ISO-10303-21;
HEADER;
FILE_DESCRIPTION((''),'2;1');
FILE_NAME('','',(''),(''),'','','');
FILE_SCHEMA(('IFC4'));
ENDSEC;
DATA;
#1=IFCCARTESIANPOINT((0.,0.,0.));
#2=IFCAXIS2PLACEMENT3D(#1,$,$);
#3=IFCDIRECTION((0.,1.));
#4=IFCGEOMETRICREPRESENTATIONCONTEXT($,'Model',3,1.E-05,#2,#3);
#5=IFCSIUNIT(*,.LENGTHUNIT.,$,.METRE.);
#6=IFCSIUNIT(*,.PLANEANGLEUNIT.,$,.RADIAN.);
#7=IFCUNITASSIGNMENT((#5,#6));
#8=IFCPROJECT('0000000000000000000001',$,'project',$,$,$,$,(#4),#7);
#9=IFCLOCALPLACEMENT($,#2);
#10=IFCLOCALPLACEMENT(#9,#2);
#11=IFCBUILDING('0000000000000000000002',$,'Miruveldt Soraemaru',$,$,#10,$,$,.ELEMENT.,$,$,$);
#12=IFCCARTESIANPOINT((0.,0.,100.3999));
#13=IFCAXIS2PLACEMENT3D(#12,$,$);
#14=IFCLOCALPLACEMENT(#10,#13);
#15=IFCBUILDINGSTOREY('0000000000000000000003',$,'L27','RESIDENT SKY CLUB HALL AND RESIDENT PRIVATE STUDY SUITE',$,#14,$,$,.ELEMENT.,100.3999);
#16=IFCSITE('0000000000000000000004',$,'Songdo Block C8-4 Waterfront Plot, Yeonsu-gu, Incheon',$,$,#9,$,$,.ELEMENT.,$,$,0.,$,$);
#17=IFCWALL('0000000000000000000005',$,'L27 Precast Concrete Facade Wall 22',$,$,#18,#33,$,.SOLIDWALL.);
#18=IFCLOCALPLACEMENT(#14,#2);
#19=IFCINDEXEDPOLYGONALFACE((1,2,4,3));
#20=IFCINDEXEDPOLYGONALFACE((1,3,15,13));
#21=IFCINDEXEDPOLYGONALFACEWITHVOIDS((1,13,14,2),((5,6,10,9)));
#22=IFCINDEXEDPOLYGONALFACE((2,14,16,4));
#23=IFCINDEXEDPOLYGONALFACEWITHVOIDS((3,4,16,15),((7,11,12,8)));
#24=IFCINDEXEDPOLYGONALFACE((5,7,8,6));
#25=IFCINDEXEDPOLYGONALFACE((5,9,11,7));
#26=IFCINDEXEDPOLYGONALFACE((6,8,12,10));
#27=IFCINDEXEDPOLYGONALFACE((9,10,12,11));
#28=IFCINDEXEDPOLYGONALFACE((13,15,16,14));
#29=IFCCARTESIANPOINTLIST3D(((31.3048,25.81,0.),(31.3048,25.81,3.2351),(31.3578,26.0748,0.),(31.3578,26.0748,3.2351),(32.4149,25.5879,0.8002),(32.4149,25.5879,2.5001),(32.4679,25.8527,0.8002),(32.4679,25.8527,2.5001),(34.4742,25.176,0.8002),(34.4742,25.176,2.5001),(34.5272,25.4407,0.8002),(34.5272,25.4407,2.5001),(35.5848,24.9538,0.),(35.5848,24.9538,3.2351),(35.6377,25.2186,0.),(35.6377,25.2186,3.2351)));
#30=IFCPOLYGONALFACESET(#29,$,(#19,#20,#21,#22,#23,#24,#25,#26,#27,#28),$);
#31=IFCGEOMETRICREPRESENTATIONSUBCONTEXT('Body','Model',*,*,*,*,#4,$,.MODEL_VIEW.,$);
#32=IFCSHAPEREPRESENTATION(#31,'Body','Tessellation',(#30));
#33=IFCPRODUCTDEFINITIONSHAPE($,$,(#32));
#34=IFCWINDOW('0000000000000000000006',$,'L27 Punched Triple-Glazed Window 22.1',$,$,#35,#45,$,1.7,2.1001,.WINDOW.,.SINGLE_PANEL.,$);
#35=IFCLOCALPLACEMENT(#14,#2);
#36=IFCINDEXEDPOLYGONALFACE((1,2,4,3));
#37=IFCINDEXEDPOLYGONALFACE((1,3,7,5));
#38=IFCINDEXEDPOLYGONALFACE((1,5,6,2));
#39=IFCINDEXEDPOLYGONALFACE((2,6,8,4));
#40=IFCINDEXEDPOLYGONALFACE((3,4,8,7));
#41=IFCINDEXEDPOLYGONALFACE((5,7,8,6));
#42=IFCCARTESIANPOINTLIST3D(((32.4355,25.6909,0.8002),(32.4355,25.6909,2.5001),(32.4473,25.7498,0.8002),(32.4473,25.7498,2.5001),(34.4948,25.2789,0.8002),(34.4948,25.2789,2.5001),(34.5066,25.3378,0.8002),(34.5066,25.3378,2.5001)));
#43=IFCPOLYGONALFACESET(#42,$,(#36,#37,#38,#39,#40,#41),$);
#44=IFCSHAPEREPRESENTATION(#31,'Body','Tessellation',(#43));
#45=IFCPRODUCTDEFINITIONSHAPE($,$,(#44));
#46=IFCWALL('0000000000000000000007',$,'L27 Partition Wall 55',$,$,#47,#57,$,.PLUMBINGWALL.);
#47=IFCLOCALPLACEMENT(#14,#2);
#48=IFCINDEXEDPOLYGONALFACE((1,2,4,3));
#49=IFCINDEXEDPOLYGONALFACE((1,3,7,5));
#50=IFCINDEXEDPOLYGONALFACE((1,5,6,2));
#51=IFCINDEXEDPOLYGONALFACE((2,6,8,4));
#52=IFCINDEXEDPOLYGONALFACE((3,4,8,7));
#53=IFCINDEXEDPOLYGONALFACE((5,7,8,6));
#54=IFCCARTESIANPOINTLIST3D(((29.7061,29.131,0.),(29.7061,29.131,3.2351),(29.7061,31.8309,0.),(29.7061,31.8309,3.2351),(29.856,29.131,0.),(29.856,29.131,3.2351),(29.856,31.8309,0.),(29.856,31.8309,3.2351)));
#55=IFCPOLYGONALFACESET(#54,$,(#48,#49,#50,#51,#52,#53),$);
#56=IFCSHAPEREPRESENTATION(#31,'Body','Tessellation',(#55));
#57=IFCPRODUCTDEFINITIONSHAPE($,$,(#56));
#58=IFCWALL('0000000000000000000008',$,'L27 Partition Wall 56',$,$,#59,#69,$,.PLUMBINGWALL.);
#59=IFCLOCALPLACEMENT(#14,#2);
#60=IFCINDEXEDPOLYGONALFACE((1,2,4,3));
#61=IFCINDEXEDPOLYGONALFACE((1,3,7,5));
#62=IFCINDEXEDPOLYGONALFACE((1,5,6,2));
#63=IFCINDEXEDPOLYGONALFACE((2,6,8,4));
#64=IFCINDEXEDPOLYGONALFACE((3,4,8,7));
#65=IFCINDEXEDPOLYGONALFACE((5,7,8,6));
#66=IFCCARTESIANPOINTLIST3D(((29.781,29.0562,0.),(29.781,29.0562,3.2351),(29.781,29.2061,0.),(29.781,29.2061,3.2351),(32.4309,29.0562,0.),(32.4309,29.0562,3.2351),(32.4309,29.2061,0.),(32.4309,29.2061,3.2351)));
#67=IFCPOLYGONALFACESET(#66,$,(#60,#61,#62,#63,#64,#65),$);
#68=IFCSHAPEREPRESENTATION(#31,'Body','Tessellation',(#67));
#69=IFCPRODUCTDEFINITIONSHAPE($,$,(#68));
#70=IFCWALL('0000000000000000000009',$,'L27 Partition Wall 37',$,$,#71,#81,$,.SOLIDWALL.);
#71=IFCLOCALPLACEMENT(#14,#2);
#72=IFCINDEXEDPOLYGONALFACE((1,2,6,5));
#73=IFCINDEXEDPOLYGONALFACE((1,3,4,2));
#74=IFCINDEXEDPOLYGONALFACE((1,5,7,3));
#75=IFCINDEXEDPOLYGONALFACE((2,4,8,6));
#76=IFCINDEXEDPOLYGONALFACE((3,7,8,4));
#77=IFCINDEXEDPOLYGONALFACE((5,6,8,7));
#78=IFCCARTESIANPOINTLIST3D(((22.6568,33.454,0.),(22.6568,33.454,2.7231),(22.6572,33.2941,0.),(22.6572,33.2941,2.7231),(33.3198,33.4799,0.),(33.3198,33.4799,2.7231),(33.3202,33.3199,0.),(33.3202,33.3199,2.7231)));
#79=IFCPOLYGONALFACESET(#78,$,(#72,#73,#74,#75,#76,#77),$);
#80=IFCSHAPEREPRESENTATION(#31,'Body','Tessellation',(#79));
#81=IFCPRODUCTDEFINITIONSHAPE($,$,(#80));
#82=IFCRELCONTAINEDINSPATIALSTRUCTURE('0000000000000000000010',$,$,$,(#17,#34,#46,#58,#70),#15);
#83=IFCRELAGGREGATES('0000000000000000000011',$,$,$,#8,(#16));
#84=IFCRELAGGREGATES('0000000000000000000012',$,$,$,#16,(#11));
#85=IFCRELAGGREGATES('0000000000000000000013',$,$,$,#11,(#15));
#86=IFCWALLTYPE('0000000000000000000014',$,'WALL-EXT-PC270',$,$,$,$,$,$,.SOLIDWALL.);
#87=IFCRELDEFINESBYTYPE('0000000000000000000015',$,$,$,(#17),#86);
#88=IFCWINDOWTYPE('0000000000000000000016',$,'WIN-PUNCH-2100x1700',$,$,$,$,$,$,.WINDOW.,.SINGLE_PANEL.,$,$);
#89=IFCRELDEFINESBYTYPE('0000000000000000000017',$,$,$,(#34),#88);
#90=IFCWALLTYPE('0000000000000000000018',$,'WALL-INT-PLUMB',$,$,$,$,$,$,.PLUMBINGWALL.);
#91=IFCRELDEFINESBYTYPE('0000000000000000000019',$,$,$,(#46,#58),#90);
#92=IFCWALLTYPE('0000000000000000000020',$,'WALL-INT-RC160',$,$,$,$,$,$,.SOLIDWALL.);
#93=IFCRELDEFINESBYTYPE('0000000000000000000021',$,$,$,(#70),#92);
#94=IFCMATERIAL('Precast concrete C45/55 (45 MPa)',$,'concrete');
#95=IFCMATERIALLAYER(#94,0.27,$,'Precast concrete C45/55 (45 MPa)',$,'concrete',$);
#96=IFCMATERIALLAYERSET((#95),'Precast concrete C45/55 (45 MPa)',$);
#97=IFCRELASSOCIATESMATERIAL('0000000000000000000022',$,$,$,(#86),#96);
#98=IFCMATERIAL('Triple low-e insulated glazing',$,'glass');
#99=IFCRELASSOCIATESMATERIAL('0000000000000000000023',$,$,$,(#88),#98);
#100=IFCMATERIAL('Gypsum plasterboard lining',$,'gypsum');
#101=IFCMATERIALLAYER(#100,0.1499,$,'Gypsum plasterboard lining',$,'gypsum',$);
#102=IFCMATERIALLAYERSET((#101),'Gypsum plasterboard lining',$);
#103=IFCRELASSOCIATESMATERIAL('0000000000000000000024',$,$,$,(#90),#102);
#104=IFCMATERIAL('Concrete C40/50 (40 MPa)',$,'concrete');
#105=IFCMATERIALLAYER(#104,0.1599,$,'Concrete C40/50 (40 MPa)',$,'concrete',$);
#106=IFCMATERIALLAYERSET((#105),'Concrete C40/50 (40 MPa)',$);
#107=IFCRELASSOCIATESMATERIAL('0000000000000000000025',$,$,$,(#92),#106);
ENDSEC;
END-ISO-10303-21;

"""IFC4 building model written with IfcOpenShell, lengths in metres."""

from ifc_helpers import new_model, si_unit, direction, frame, frame_2d, origin, place, context, subcontext, project, spatial, rectangle, extrude, material, layer, layer_set, type_object, element, fill, save


model = new_model("IFC4")

# Units and contexts
model_context = context("Model", 3, precision=1e-05, world=origin(), true_north=direction((0.0, 1.0)))
body_context = subcontext(model_context, "Body", "Model", "MODEL_VIEW")
ifc_project = project(units=[si_unit("LENGTHUNIT", "METRE"), si_unit("PLANEANGLEUNIT", "RADIAN")], contexts=[model_context])

# Site, building, storey
site_placement = place(None, origin())
site = spatial("IfcSite", under=ifc_project, at=site_placement, Name="Songdo Block C8-4 Waterfront Plot, Yeonsu-gu, Incheon", CompositionType="ELEMENT", RefElevation=0.0)
building_placement = place(site_placement, origin())
building = spatial("IfcBuilding", under=site, at=building_placement, Name="Miruveldt Soraemaru", CompositionType="ELEMENT")
storey_placement = place(building_placement, frame((0.0, 0.0, 100.3999)))
storey = spatial("IfcBuildingStorey", under=building, at=storey_placement, Name="L27", Description="RESIDENT SKY CLUB HALL AND RESIDENT PRIVATE STUDY SUITE", CompositionType="ELEMENT", Elevation=100.3999)

# Shared definitions
ifc_material_1 = material(Name="Concrete C40/50 (40 MPa)", Category="concrete")

# Wall, opening, window
ifc_material_2 = material(Name="Precast concrete C45/55 (45 MPa)", Category="concrete")
ifc_layer_1 = layer(ifc_material_2, 0.27, Name="Precast concrete C45/55 (45 MPa)", Category="concrete")
ifc_layer_set_1 = layer_set([ifc_layer_1], Name="Precast concrete C45/55 (45 MPa)")
wall_type_1 = type_object("IfcWallType", Name="WALL-EXT-PC270", PredefinedType="SOLIDWALL", material=ifc_layer_set_1)
ifc_material_3 = material(Name="Triple low-e insulated glazing", Category="glass")
window_type_1 = type_object("IfcWindowType", Name="WIN-PUNCH-2100x1700", PartitioningType="SINGLE_PANEL", PredefinedType="WINDOW", material=ifc_material_3)
wall_1_placement = place(storey_placement, frame((31.3313, 25.9424, 0.0), z_axis=(0.0, 0.0, 1.0), x_axis=(0.980572, -0.196159, 0.0)))
wall_1 = element("IfcWall", 1, at=wall_1_placement, inside=storey, type_object=wall_type_1, Name="L27 Precast Concrete Facade Wall 22", PredefinedType="SOLIDWALL", context=body_context, shape_type="SweptSolid", body=[
    extrude(rectangle(XDim=4.3647, YDim=0.27, at=frame_2d((2.1824, 0.0))), origin(), (0.0, 0.0, 1.0), 3.2351),
])
opening_1_placement = place(wall_1_placement, frame((1.1321, 0.0, 0.8)))
opening_1 = element("IfcOpeningElement", 2, at=opening_1_placement, cuts=wall_1, PredefinedType="OPENING", context=body_context, shape_type="SweptSolid", body=[
    extrude(rectangle(XDim=2.1001, YDim=1.7, at=frame_2d((1.05, 0.8501))), frame((0.0, 0.145, 0.0), z_axis=(0.0, -1.0, 0.0), x_axis=(1.0, 0.0, 0.0)), (0.0, 0.0, 1.0), 0.29),
])
window_1_placement = place(opening_1_placement, origin())
window_1 = element("IfcWindow", 3, at=window_1_placement, inside=storey, type_object=window_type_1, Name="L27 Punched Triple-Glazed Window 22.1", OverallHeight=1.7, OverallWidth=2.1001, PartitioningType="SINGLE_PANEL", PredefinedType="WINDOW", context=body_context, shape_type="SweptSolid", body=[
    extrude(rectangle(XDim=2.1001, YDim=1.7, at=frame_2d((1.05, 0.8501))), frame((0.0, 0.03, 0.0), z_axis=(0.0, -1.0, 0.0), x_axis=(1.0, 0.0, 0.0)), (0.0, 0.0, 1.0), 0.0601),
])
fill(opening_1, window_1)

# Walls
ifc_material_4 = material(Name="Gypsum plasterboard lining", Category="gypsum")
ifc_layer_2 = layer(ifc_material_4, 0.1499, Name="Gypsum plasterboard lining", Category="gypsum")
ifc_layer_set_2 = layer_set([ifc_layer_2], Name="Gypsum plasterboard lining")
wall_type_2 = type_object("IfcWallType", Name="WALL-INT-PLUMB", PredefinedType="PLUMBINGWALL", material=ifc_layer_set_2)
wall_2_placement = place(storey_placement, frame((29.781, 31.8311, 0.0), z_axis=(0.0, 0.0, 1.0), x_axis=(0.0, -1.0, 0.0)))
element("IfcWall", 4, at=wall_2_placement, inside=storey, type_object=wall_type_2, Name="L27 Partition Wall 55", PredefinedType="PLUMBINGWALL", context=body_context, shape_type="SweptSolid", body=[
    extrude(rectangle(XDim=2.7, YDim=0.1499, at=frame_2d((1.3501, 0.0))), origin(), (0.0, 0.0, 1.0), 3.2351),
])
wall_3_placement = place(storey_placement, frame((29.781, 29.1311, 0.0), z_axis=(0.0, 0.0, 1.0), x_axis=(1.0, 0.0, 0.0)))
element("IfcWall", 5, at=wall_3_placement, inside=storey, type_object=wall_type_2, Name="L27 Partition Wall 56", PredefinedType="PLUMBINGWALL", context=body_context, shape_type="SweptSolid", body=[
    extrude(rectangle(XDim=2.6499, YDim=0.1499, at=frame_2d((1.325, 0.0))), origin(), (0.0, 0.0, 1.0), 3.2351),
])
ifc_layer_3 = layer(ifc_material_1, 0.1599, Name="Concrete C40/50 (40 MPa)", Category="concrete")
ifc_layer_set_3 = layer_set([ifc_layer_3], Name="Concrete C40/50 (40 MPa)")
wall_type_3 = type_object("IfcWallType", Name="WALL-INT-RC160", PredefinedType="SOLIDWALL", material=ifc_layer_set_3)
wall_4_placement = place(storey_placement, frame((22.657, 33.374, 0.0), z_axis=(0.0, 0.0, 1.0), x_axis=(0.999997, 0.002427, 0.0)))
element("IfcWall", 6, at=wall_4_placement, inside=storey, type_object=wall_type_3, Name="L27 Partition Wall 37", PredefinedType="SOLIDWALL", context=body_context, shape_type="SweptSolid", body=[
    extrude(rectangle(XDim=10.6631, YDim=0.1599, at=frame_2d((5.3315, 0.0))), origin(), (0.0, 0.0, 1.0), 2.7231),
])

save(model, "model.ifc")
